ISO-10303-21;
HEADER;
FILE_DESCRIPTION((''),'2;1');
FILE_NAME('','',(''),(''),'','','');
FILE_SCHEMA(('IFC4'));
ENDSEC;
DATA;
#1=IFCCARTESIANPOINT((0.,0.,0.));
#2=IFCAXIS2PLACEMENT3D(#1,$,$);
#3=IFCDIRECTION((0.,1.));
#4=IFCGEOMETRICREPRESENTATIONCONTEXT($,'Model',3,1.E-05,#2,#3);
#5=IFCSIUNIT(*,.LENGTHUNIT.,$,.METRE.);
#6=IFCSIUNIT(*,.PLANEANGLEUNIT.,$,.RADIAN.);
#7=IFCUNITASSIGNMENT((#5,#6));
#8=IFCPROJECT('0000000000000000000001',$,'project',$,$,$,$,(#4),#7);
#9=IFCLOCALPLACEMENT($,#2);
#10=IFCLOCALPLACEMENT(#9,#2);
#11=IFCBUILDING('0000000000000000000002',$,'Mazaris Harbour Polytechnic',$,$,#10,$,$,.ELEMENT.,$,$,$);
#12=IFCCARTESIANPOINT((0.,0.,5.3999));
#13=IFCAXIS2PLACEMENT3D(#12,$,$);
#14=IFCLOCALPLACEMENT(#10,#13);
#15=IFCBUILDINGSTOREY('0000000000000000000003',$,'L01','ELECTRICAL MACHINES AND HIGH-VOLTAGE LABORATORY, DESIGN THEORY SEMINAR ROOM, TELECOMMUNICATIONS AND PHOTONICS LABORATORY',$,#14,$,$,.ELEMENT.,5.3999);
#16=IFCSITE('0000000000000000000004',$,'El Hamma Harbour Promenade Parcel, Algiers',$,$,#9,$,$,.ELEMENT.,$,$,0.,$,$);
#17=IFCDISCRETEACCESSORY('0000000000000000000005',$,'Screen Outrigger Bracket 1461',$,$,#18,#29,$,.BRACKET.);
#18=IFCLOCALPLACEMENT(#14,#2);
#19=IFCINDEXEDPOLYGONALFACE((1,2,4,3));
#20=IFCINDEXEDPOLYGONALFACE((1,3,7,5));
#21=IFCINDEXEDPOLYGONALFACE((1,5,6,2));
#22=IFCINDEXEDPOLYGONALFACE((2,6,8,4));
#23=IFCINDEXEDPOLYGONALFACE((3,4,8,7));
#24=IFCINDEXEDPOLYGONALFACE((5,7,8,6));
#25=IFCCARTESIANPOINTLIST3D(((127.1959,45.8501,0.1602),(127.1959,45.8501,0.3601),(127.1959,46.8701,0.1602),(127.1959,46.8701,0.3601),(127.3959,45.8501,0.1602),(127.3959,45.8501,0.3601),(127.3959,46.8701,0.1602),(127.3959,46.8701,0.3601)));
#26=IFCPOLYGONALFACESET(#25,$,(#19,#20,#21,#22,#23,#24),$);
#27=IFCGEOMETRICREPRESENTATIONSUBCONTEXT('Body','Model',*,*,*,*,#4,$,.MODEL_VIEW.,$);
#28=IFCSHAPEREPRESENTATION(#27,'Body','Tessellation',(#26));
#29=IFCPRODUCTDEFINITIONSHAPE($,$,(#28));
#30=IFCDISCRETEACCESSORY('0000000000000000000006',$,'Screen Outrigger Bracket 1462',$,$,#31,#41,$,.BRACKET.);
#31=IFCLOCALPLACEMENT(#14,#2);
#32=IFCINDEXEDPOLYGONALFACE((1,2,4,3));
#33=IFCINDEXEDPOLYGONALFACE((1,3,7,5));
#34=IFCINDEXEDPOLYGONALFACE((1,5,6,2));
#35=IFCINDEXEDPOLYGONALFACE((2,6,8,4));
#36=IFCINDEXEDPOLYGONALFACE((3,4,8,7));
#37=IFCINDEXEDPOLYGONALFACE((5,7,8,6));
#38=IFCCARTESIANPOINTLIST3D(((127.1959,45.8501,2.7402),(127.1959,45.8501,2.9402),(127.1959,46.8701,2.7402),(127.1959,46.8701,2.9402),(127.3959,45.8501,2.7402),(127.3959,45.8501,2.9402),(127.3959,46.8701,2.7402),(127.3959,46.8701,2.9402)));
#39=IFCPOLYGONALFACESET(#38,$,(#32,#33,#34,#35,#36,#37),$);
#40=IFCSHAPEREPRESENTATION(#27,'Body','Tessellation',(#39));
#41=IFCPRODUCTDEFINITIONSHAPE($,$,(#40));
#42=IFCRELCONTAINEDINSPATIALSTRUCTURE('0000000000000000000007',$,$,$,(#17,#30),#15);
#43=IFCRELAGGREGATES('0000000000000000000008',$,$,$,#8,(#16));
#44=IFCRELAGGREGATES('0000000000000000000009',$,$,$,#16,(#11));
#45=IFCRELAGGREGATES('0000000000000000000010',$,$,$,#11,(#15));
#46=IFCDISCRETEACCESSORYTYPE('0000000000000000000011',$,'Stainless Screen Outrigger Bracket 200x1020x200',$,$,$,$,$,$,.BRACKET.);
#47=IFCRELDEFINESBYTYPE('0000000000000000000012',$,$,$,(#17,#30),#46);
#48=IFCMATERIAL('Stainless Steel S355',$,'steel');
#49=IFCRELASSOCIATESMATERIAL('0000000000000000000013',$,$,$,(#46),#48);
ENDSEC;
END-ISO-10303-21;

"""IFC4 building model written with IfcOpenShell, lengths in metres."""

from ifc_helpers import new_model, si_unit, direction, frame, origin, origin_2d, place, context, subcontext, project, spatial, rectangle, extrude, material, type_object, element, save


model = new_model("IFC4")

# Units and contexts
model_context = context("Model", 3, precision=1e-05, world=origin(), true_north=direction((0.0, 1.0)))
body_context = subcontext(model_context, "Body", "Model", "MODEL_VIEW")
ifc_project = project(units=[si_unit("LENGTHUNIT", "METRE"), si_unit("PLANEANGLEUNIT", "RADIAN")], contexts=[model_context])

# Site, building, storey
site_placement = place(None, origin())
site = spatial("IfcSite", under=ifc_project, at=site_placement, Name="El Hamma Harbour Promenade Parcel, Algiers", CompositionType="ELEMENT", RefElevation=0.0)
building_placement = place(site_placement, origin())
building = spatial("IfcBuilding", under=site, at=building_placement, Name="Mazaris Harbour Polytechnic", CompositionType="ELEMENT")
storey_placement = place(building_placement, frame((0.0, 0.0, 5.3999)))
storey = spatial("IfcBuildingStorey", under=building, at=storey_placement, Name="L01", Description="ELECTRICAL MACHINES AND HIGH-VOLTAGE LABORATORY, DESIGN THEORY SEMINAR ROOM, TELECOMMUNICATIONS AND PHOTONICS LABORATORY", CompositionType="ELEMENT", Elevation=5.3999)

# Discrete accessories
ifc_material_1 = material(Name="Stainless Steel S355", Category="steel")
discrete_accessory_type_1 = type_object("IfcDiscreteAccessoryType", Name="Stainless Screen Outrigger Bracket 200x1020x200", PredefinedType="BRACKET", material=ifc_material_1)
for number, where, z_axis, x_axis, name in (
    (1, (127.2959, 46.3601, 0.1602), (0.0, 0.0, 1.0), (-1.0, 0.0, 0.0), "Screen Outrigger Bracket 1461"),
    (2, (127.2959, 46.3601, 2.7402), (0.0, 0.0, 1.0), (-1.0, 0.0, 0.0), "Screen Outrigger Bracket 1462"),
):
    element("IfcDiscreteAccessory", number, at=place(storey_placement, frame(where, z_axis=z_axis, x_axis=x_axis)), inside=storey, type_object=discrete_accessory_type_1, Name=name, PredefinedType="BRACKET", context=body_context, shape_type="SweptSolid", body=[
        extrude(rectangle(XDim=0.2, YDim=1.02, at=origin_2d()), origin(), (0.0, 0.0, 1.0), 0.2),
    ])

save(model, "model.ifc")
